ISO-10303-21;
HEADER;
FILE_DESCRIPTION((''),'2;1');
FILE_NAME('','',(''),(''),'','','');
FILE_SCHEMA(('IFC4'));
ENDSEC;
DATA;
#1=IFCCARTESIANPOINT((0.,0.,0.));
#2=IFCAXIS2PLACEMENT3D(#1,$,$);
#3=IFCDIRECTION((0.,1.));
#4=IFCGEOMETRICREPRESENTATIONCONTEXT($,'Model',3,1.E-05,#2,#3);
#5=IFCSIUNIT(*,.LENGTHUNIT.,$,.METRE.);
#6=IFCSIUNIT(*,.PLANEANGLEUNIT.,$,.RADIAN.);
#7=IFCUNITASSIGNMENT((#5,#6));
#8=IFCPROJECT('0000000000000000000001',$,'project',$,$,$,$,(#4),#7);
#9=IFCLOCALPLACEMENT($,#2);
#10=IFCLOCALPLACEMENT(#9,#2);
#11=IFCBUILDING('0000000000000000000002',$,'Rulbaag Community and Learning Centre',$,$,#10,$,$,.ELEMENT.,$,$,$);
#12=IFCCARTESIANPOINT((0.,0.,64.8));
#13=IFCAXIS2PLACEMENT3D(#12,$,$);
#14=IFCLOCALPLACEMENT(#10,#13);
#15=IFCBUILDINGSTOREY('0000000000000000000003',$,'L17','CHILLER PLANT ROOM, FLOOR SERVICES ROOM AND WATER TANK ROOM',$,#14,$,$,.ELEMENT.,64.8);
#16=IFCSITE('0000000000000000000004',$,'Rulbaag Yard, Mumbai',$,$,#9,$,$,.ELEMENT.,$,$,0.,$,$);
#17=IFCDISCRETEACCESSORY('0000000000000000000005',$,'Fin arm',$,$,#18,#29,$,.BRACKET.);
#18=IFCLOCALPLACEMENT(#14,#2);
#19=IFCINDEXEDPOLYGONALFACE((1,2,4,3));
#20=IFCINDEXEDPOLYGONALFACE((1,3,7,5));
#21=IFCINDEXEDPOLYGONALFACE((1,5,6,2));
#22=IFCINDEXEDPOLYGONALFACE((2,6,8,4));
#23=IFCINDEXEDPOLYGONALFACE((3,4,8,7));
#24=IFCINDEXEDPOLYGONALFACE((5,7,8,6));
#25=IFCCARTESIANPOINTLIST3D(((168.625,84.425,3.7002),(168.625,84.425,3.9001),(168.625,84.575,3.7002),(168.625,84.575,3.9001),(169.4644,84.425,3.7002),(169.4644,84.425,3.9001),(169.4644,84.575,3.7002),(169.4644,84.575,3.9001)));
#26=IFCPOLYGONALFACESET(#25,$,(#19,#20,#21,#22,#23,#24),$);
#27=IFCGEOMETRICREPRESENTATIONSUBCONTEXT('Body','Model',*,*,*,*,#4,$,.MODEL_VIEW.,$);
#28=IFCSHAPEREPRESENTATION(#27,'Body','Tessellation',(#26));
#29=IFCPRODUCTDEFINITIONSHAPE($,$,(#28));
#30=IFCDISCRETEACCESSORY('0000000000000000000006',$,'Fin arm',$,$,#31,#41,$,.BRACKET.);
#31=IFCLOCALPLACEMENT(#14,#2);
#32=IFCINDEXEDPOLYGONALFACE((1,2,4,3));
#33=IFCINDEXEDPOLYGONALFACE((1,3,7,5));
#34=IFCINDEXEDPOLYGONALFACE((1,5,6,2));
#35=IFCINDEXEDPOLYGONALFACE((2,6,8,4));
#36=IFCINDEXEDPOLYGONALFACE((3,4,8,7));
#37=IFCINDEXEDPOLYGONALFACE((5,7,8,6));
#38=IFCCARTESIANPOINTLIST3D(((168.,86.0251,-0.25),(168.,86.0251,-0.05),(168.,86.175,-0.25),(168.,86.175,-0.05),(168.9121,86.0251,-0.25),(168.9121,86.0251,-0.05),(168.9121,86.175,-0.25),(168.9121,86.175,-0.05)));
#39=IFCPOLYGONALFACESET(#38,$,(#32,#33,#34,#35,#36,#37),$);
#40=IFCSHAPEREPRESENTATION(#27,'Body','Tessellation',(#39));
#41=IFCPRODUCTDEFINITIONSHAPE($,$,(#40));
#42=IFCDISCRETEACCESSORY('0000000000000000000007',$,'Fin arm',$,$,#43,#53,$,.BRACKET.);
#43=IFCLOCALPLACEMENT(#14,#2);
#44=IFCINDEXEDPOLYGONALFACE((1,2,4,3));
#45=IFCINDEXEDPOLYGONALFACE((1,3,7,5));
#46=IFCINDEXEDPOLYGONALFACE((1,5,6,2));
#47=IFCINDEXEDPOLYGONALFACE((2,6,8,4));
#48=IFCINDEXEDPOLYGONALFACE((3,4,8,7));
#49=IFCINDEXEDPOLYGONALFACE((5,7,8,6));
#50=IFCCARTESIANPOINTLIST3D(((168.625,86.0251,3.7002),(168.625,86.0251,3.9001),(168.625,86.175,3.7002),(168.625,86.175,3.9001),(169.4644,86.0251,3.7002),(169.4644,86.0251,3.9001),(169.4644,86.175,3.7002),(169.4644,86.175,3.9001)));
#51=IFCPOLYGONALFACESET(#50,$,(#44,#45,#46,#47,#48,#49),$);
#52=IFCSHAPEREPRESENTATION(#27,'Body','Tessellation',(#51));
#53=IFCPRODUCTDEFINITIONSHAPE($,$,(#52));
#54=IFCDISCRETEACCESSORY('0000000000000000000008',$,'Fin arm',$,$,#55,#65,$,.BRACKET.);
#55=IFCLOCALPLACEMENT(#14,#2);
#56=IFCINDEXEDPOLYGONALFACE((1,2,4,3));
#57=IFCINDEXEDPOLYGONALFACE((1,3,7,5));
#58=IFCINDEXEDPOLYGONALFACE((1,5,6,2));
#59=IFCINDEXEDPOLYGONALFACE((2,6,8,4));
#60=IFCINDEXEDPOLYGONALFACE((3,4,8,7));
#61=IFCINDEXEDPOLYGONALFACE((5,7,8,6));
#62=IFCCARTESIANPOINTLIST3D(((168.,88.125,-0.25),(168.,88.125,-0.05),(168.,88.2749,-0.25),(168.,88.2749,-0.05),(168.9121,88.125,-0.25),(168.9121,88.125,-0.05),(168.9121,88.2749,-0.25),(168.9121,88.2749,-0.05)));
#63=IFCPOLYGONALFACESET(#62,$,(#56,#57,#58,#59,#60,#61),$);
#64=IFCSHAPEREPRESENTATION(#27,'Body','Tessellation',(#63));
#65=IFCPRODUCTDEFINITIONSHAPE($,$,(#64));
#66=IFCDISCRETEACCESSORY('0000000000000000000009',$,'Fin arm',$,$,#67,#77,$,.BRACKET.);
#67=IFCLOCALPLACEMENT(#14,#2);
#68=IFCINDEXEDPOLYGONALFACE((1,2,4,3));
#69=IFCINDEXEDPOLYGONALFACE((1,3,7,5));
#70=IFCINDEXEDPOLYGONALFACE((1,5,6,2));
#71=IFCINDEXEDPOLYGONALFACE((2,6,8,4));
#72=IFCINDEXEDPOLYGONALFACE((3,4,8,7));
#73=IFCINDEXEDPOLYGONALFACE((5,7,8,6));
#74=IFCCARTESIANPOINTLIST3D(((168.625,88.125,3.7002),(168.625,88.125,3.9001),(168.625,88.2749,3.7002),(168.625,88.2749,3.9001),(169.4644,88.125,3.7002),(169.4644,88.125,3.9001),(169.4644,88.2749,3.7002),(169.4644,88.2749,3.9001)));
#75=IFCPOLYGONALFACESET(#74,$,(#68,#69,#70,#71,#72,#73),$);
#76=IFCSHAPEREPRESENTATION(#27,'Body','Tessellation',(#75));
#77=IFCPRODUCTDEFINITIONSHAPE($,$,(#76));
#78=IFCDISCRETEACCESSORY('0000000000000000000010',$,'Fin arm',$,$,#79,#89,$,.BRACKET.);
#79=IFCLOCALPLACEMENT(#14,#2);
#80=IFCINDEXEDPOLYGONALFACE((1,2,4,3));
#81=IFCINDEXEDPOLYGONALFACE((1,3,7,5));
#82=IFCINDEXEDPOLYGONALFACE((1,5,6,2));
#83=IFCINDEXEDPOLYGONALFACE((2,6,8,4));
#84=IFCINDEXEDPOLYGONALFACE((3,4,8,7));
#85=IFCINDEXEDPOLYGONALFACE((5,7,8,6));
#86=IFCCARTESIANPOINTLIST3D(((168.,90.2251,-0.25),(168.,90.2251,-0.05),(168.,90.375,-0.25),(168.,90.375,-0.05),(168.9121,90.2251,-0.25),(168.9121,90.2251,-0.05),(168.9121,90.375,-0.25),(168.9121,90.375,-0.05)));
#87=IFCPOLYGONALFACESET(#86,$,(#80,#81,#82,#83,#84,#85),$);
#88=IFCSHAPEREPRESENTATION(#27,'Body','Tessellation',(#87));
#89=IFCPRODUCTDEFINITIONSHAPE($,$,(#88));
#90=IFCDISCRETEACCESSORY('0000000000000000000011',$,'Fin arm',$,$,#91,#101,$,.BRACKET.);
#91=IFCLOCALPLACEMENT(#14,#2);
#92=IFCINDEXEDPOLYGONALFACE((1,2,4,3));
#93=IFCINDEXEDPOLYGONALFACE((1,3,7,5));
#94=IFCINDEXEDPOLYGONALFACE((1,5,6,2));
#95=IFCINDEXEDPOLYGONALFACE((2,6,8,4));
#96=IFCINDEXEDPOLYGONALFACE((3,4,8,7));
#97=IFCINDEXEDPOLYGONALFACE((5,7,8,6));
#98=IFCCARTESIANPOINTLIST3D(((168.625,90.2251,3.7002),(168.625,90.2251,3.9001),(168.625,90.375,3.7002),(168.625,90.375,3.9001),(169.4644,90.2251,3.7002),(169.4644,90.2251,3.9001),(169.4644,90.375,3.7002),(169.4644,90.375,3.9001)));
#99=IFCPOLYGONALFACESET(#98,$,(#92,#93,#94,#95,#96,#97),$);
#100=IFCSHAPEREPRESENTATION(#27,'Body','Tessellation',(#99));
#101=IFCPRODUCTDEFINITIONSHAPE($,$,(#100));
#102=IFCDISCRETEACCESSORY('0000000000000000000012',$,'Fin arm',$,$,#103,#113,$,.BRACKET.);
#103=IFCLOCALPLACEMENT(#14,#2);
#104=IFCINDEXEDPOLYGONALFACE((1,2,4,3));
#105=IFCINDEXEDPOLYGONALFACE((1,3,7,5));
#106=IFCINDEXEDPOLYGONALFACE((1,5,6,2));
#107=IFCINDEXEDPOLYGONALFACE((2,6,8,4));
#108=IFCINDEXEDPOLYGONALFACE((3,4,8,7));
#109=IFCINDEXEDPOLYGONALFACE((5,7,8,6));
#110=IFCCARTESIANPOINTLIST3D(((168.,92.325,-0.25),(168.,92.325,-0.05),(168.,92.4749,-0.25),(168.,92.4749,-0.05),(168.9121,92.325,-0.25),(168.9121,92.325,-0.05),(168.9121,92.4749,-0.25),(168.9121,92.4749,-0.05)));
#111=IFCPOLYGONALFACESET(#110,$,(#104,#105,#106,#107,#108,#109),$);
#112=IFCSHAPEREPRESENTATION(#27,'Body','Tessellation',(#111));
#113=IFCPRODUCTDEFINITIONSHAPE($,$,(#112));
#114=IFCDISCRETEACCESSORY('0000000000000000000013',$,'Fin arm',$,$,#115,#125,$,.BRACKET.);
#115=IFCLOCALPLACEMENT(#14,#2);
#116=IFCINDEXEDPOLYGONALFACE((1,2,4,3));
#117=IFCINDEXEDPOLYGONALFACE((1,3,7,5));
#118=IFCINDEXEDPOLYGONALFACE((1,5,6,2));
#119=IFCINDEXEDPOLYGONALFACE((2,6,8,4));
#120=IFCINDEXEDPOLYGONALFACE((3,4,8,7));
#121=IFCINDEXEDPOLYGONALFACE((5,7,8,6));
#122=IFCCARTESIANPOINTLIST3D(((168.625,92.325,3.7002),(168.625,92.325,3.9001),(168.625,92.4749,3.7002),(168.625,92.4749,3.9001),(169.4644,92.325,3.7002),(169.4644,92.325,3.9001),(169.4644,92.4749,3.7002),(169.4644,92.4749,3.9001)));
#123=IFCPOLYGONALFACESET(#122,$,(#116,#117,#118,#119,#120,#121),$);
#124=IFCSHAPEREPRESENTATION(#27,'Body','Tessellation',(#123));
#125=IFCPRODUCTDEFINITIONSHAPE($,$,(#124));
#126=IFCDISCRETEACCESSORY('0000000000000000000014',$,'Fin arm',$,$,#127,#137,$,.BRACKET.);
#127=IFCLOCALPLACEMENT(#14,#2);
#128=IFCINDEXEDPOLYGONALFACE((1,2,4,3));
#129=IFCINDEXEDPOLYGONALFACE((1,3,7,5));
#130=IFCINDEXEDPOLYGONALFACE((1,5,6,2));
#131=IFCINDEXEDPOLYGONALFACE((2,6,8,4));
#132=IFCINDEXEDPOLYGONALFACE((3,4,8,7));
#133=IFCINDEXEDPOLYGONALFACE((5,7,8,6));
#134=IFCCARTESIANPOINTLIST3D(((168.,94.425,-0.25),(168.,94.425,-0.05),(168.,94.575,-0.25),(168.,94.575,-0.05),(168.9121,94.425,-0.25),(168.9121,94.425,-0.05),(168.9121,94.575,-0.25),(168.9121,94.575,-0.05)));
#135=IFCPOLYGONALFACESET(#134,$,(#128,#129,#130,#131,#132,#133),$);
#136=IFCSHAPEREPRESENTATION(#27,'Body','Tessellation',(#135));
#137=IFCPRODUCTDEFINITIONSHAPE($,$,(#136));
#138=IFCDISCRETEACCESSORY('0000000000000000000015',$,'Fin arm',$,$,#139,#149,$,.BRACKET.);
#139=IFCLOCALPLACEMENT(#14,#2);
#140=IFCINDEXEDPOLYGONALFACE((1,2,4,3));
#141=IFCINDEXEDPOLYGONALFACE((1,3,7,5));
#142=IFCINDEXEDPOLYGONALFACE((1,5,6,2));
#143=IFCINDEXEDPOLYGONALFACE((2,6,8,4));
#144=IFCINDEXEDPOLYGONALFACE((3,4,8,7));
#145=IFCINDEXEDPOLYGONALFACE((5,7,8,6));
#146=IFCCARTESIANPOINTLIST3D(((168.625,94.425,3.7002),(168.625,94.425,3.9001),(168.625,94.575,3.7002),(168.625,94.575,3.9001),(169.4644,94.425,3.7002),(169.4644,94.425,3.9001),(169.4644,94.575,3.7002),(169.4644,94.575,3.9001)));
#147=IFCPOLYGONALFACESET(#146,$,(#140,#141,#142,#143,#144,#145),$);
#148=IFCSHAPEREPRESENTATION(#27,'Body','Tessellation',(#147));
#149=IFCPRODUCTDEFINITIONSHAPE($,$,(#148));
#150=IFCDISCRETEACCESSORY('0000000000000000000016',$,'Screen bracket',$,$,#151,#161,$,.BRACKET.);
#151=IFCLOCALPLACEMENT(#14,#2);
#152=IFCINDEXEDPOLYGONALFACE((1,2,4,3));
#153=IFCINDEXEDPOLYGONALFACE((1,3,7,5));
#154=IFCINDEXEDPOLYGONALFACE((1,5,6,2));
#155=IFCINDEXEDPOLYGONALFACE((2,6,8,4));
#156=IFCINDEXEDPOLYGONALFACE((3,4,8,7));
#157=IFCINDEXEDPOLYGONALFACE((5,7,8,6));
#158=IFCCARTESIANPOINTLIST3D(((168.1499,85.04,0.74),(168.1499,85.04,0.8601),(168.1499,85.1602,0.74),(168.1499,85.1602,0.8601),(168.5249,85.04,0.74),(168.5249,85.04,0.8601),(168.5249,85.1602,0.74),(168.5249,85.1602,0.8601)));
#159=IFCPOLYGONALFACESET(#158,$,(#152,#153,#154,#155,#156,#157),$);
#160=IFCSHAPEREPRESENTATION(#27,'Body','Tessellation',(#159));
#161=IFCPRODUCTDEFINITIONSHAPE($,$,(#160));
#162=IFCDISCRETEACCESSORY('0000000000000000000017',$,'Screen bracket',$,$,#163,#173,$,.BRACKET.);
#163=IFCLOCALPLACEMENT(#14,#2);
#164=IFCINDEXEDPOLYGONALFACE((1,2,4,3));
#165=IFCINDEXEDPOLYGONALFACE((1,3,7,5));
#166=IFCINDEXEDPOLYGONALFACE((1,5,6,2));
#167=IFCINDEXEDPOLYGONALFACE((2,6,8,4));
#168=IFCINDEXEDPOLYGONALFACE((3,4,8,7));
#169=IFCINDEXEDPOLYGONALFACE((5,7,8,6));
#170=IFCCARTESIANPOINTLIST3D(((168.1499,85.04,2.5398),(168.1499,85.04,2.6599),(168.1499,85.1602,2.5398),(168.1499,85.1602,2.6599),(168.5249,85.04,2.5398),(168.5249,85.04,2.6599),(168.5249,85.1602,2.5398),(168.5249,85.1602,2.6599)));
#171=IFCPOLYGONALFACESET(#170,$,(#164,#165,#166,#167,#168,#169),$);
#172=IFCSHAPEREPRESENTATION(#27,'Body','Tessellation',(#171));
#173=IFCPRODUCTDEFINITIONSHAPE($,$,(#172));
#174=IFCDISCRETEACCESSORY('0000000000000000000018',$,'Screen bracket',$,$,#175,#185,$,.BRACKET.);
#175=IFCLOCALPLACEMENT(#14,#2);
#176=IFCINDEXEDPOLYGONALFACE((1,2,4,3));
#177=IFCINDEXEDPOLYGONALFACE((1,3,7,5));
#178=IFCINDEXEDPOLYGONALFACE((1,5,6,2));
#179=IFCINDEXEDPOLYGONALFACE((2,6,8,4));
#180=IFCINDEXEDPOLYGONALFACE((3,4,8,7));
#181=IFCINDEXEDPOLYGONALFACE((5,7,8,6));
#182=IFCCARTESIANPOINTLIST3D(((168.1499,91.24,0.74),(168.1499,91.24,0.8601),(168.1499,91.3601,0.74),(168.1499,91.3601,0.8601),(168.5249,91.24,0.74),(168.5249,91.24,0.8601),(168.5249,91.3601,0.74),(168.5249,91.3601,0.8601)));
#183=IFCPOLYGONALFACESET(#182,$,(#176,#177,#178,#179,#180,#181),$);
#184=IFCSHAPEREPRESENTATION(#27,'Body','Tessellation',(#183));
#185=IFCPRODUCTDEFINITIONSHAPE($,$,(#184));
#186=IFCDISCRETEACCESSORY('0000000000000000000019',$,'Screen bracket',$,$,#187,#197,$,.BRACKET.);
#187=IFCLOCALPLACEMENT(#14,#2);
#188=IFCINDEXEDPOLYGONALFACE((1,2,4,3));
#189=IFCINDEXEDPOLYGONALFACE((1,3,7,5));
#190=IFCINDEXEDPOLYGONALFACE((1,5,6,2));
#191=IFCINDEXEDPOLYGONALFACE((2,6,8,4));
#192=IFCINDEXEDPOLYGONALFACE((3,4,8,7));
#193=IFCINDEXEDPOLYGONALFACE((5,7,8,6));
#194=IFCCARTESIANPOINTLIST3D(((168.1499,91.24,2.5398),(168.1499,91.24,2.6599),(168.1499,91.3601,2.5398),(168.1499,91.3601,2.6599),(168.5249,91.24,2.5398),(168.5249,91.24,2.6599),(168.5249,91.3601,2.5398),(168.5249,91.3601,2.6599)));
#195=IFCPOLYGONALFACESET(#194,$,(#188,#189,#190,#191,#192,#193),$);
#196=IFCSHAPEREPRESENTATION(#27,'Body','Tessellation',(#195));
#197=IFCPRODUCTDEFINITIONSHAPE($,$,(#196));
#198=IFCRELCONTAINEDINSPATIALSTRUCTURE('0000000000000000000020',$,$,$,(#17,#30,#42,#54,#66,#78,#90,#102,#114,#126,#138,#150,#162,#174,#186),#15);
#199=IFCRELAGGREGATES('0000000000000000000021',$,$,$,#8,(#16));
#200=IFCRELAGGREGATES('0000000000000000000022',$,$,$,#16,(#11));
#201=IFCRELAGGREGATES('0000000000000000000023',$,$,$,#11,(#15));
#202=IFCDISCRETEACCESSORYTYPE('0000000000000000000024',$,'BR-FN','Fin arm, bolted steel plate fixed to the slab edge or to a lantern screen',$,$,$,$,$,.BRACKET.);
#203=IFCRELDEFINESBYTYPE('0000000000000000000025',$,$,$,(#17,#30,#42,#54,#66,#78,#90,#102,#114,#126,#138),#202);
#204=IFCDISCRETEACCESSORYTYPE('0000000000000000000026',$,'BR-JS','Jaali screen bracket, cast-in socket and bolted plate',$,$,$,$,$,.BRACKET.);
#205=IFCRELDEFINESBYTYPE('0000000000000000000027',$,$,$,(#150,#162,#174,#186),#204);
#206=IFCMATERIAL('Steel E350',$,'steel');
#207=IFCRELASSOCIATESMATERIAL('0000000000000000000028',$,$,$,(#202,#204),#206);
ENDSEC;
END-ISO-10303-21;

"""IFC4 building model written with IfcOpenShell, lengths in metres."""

from ifc_helpers import new_model, si_unit, direction, frame, origin, origin_2d, place, context, subcontext, project, spatial, rectangle, extrude, material, type_object, element, save


model = new_model("IFC4")

# Units and contexts
model_context = context("Model", 3, precision=1e-05, world=origin(), true_north=direction((0.0, 1.0)))
body_context = subcontext(model_context, "Body", "Model", "MODEL_VIEW")
ifc_project = project(units=[si_unit("LENGTHUNIT", "METRE"), si_unit("PLANEANGLEUNIT", "RADIAN")], contexts=[model_context])

# Site, building, storey
site_placement = place(None, origin())
site = spatial("IfcSite", under=ifc_project, at=site_placement, Name="Rulbaag Yard, Mumbai", CompositionType="ELEMENT", RefElevation=0.0)
building_placement = place(site_placement, origin())
building = spatial("IfcBuilding", under=site, at=building_placement, Name="Rulbaag Community and Learning Centre", CompositionType="ELEMENT")
storey_placement = place(building_placement, frame((0.0, 0.0, 64.8)))
storey = spatial("IfcBuildingStorey", under=building, at=storey_placement, Name="L17", Description="CHILLER PLANT ROOM, FLOOR SERVICES ROOM AND WATER TANK ROOM", CompositionType="ELEMENT", Elevation=64.8)

# Discrete accessories
ifc_material_1 = material(Name="Steel E350", Category="steel")
discrete_accessory_type_1 = type_object("IfcDiscreteAccessoryType", Name="BR-FN", Description="Fin arm, bolted steel plate fixed to the slab edge or to a lantern screen", PredefinedType="BRACKET", material=ifc_material_1)
discrete_accessory_1_placement = place(storey_placement, frame((169.0447, 84.5, 3.7002), z_axis=(0.0, 0.0, 1.0), x_axis=(1.0, 0.0, 0.0)))
element("IfcDiscreteAccessory", 1, at=discrete_accessory_1_placement, inside=storey, type_object=discrete_accessory_type_1, Name="Fin arm", PredefinedType="BRACKET", context=body_context, shape_type="SweptSolid", body=[
    extrude(rectangle(XDim=0.8394, YDim=0.1499, at=origin_2d()), origin(), (0.0, 0.0, 1.0), 0.2),
])
discrete_accessory_2_placement = place(storey_placement, frame((168.4561, 86.1001, -0.25), z_axis=(0.0, 0.0, 1.0), x_axis=(1.0, 0.0, 0.0)))
element("IfcDiscreteAccessory", 2, at=discrete_accessory_2_placement, inside=storey, type_object=discrete_accessory_type_1, Name="Fin arm", PredefinedType="BRACKET", context=body_context, shape_type="SweptSolid", body=[
    extrude(rectangle(XDim=0.9121, YDim=0.1499, at=origin_2d()), origin(), (0.0, 0.0, 1.0), 0.2),
])
discrete_accessory_3_placement = place(storey_placement, frame((169.0447, 86.1001, 3.7002), z_axis=(0.0, 0.0, 1.0), x_axis=(1.0, 0.0, 0.0)))
element("IfcDiscreteAccessory", 3, at=discrete_accessory_3_placement, inside=storey, type_object=discrete_accessory_type_1, Name="Fin arm", PredefinedType="BRACKET", context=body_context, shape_type="SweptSolid", body=[
    extrude(rectangle(XDim=0.8394, YDim=0.1499, at=origin_2d()), origin(), (0.0, 0.0, 1.0), 0.2),
])
discrete_accessory_4_placement = place(storey_placement, frame((168.4561, 88.2, -0.25), z_axis=(0.0, 0.0, 1.0), x_axis=(1.0, 0.0, 0.0)))
element("IfcDiscreteAccessory", 4, at=discrete_accessory_4_placement, inside=storey, type_object=discrete_accessory_type_1, Name="Fin arm", PredefinedType="BRACKET", context=body_context, shape_type="SweptSolid", body=[
    extrude(rectangle(XDim=0.9121, YDim=0.1499, at=origin_2d()), origin(), (0.0, 0.0, 1.0), 0.2),
])
discrete_accessory_5_placement = place(storey_placement, frame((169.0447, 88.2, 3.7002), z_axis=(0.0, 0.0, 1.0), x_axis=(1.0, 0.0, 0.0)))
element("IfcDiscreteAccessory", 5, at=discrete_accessory_5_placement, inside=storey, type_object=discrete_accessory_type_1, Name="Fin arm", PredefinedType="BRACKET", context=body_context, shape_type="SweptSolid", body=[
    extrude(rectangle(XDim=0.8394, YDim=0.1499, at=origin_2d()), origin(), (0.0, 0.0, 1.0), 0.2),
])
discrete_accessory_6_placement = place(storey_placement, frame((168.4561, 90.3, -0.25), z_axis=(0.0, 0.0, 1.0), x_axis=(1.0, 0.0, 0.0)))
element("IfcDiscreteAccessory", 6, at=discrete_accessory_6_placement, inside=storey, type_object=discrete_accessory_type_1, Name="Fin arm", PredefinedType="BRACKET", context=body_context, shape_type="SweptSolid", body=[
    extrude(rectangle(XDim=0.9121, YDim=0.1499, at=origin_2d()), origin(), (0.0, 0.0, 1.0), 0.2),
])
discrete_accessory_7_placement = place(storey_placement, frame((169.0447, 90.3, 3.7002), z_axis=(0.0, 0.0, 1.0), x_axis=(1.0, 0.0, 0.0)))
element("IfcDiscreteAccessory", 7, at=discrete_accessory_7_placement, inside=storey, type_object=discrete_accessory_type_1, Name="Fin arm", PredefinedType="BRACKET", context=body_context, shape_type="SweptSolid", body=[
    extrude(rectangle(XDim=0.8394, YDim=0.1499, at=origin_2d()), origin(), (0.0, 0.0, 1.0), 0.2),
])
discrete_accessory_8_placement = place(storey_placement, frame((168.4561, 92.3999, -0.25), z_axis=(0.0, 0.0, 1.0), x_axis=(1.0, 0.0, 0.0)))
element("IfcDiscreteAccessory", 8, at=discrete_accessory_8_placement, inside=storey, type_object=discrete_accessory_type_1, Name="Fin arm", PredefinedType="BRACKET", context=body_context, shape_type="SweptSolid", body=[
    extrude(rectangle(XDim=0.9121, YDim=0.1499, at=origin_2d()), origin(), (0.0, 0.0, 1.0), 0.2),
])
discrete_accessory_9_placement = place(storey_placement, frame((169.0447, 92.3999, 3.7002), z_axis=(0.0, 0.0, 1.0), x_axis=(1.0, 0.0, 0.0)))
element("IfcDiscreteAccessory", 9, at=discrete_accessory_9_placement, inside=storey, type_object=discrete_accessory_type_1, Name="Fin arm", PredefinedType="BRACKET", context=body_context, shape_type="SweptSolid", body=[
    extrude(rectangle(XDim=0.8394, YDim=0.1499, at=origin_2d()), origin(), (0.0, 0.0, 1.0), 0.2),
])
discrete_accessory_10_placement = place(storey_placement, frame((168.4561, 94.5, -0.25), z_axis=(0.0, 0.0, 1.0), x_axis=(1.0, 0.0, 0.0)))
element("IfcDiscreteAccessory", 10, at=discrete_accessory_10_placement, inside=storey, type_object=discrete_accessory_type_1, Name="Fin arm", PredefinedType="BRACKET", context=body_context, shape_type="SweptSolid", body=[
    extrude(rectangle(XDim=0.9121, YDim=0.1499, at=origin_2d()), origin(), (0.0, 0.0, 1.0), 0.2),
])
discrete_accessory_11_placement = place(storey_placement, frame((169.0447, 94.5, 3.7002), z_axis=(0.0, 0.0, 1.0), x_axis=(1.0, 0.0, 0.0)))
element("IfcDiscreteAccessory", 11, at=discrete_accessory_11_placement, inside=storey, type_object=discrete_accessory_type_1, Name="Fin arm", PredefinedType="BRACKET", context=body_context, shape_type="SweptSolid", body=[
    extrude(rectangle(XDim=0.8394, YDim=0.1499, at=origin_2d()), origin(), (0.0, 0.0, 1.0), 0.2),
])
discrete_accessory_type_2 = type_object("IfcDiscreteAccessoryType", Name="BR-JS", Description="Jaali screen bracket, cast-in socket and bolted plate", PredefinedType="BRACKET", material=ifc_material_1)
for number, where, z_axis, x_axis, name in (
    (12, (168.3374, 85.1001, 0.74), (0.0, 0.0, 1.0), (1.0, 0.0, 0.0), "Screen bracket"),
    (13, (168.3374, 85.1001, 2.5398), (0.0, 0.0, 1.0), (1.0, 0.0, 0.0), "Screen bracket"),
    (14, (168.3374, 91.3, 0.74), (0.0, 0.0, 1.0), (1.0, 0.0, 0.0), "Screen bracket"),
    (15, (168.3374, 91.3, 2.5398), (0.0, 0.0, 1.0), (1.0, 0.0, 0.0), "Screen bracket"),
):
    element("IfcDiscreteAccessory", number, at=place(storey_placement, frame(where, z_axis=z_axis, x_axis=x_axis)), inside=storey, type_object=discrete_accessory_type_2, Name=name, PredefinedType="BRACKET", context=body_context, shape_type="SweptSolid", body=[
        extrude(rectangle(XDim=0.375, YDim=0.1201, at=origin_2d()), origin(), (0.0, 0.0, 1.0), 0.1201),
    ])

save(model, "model.ifc")
